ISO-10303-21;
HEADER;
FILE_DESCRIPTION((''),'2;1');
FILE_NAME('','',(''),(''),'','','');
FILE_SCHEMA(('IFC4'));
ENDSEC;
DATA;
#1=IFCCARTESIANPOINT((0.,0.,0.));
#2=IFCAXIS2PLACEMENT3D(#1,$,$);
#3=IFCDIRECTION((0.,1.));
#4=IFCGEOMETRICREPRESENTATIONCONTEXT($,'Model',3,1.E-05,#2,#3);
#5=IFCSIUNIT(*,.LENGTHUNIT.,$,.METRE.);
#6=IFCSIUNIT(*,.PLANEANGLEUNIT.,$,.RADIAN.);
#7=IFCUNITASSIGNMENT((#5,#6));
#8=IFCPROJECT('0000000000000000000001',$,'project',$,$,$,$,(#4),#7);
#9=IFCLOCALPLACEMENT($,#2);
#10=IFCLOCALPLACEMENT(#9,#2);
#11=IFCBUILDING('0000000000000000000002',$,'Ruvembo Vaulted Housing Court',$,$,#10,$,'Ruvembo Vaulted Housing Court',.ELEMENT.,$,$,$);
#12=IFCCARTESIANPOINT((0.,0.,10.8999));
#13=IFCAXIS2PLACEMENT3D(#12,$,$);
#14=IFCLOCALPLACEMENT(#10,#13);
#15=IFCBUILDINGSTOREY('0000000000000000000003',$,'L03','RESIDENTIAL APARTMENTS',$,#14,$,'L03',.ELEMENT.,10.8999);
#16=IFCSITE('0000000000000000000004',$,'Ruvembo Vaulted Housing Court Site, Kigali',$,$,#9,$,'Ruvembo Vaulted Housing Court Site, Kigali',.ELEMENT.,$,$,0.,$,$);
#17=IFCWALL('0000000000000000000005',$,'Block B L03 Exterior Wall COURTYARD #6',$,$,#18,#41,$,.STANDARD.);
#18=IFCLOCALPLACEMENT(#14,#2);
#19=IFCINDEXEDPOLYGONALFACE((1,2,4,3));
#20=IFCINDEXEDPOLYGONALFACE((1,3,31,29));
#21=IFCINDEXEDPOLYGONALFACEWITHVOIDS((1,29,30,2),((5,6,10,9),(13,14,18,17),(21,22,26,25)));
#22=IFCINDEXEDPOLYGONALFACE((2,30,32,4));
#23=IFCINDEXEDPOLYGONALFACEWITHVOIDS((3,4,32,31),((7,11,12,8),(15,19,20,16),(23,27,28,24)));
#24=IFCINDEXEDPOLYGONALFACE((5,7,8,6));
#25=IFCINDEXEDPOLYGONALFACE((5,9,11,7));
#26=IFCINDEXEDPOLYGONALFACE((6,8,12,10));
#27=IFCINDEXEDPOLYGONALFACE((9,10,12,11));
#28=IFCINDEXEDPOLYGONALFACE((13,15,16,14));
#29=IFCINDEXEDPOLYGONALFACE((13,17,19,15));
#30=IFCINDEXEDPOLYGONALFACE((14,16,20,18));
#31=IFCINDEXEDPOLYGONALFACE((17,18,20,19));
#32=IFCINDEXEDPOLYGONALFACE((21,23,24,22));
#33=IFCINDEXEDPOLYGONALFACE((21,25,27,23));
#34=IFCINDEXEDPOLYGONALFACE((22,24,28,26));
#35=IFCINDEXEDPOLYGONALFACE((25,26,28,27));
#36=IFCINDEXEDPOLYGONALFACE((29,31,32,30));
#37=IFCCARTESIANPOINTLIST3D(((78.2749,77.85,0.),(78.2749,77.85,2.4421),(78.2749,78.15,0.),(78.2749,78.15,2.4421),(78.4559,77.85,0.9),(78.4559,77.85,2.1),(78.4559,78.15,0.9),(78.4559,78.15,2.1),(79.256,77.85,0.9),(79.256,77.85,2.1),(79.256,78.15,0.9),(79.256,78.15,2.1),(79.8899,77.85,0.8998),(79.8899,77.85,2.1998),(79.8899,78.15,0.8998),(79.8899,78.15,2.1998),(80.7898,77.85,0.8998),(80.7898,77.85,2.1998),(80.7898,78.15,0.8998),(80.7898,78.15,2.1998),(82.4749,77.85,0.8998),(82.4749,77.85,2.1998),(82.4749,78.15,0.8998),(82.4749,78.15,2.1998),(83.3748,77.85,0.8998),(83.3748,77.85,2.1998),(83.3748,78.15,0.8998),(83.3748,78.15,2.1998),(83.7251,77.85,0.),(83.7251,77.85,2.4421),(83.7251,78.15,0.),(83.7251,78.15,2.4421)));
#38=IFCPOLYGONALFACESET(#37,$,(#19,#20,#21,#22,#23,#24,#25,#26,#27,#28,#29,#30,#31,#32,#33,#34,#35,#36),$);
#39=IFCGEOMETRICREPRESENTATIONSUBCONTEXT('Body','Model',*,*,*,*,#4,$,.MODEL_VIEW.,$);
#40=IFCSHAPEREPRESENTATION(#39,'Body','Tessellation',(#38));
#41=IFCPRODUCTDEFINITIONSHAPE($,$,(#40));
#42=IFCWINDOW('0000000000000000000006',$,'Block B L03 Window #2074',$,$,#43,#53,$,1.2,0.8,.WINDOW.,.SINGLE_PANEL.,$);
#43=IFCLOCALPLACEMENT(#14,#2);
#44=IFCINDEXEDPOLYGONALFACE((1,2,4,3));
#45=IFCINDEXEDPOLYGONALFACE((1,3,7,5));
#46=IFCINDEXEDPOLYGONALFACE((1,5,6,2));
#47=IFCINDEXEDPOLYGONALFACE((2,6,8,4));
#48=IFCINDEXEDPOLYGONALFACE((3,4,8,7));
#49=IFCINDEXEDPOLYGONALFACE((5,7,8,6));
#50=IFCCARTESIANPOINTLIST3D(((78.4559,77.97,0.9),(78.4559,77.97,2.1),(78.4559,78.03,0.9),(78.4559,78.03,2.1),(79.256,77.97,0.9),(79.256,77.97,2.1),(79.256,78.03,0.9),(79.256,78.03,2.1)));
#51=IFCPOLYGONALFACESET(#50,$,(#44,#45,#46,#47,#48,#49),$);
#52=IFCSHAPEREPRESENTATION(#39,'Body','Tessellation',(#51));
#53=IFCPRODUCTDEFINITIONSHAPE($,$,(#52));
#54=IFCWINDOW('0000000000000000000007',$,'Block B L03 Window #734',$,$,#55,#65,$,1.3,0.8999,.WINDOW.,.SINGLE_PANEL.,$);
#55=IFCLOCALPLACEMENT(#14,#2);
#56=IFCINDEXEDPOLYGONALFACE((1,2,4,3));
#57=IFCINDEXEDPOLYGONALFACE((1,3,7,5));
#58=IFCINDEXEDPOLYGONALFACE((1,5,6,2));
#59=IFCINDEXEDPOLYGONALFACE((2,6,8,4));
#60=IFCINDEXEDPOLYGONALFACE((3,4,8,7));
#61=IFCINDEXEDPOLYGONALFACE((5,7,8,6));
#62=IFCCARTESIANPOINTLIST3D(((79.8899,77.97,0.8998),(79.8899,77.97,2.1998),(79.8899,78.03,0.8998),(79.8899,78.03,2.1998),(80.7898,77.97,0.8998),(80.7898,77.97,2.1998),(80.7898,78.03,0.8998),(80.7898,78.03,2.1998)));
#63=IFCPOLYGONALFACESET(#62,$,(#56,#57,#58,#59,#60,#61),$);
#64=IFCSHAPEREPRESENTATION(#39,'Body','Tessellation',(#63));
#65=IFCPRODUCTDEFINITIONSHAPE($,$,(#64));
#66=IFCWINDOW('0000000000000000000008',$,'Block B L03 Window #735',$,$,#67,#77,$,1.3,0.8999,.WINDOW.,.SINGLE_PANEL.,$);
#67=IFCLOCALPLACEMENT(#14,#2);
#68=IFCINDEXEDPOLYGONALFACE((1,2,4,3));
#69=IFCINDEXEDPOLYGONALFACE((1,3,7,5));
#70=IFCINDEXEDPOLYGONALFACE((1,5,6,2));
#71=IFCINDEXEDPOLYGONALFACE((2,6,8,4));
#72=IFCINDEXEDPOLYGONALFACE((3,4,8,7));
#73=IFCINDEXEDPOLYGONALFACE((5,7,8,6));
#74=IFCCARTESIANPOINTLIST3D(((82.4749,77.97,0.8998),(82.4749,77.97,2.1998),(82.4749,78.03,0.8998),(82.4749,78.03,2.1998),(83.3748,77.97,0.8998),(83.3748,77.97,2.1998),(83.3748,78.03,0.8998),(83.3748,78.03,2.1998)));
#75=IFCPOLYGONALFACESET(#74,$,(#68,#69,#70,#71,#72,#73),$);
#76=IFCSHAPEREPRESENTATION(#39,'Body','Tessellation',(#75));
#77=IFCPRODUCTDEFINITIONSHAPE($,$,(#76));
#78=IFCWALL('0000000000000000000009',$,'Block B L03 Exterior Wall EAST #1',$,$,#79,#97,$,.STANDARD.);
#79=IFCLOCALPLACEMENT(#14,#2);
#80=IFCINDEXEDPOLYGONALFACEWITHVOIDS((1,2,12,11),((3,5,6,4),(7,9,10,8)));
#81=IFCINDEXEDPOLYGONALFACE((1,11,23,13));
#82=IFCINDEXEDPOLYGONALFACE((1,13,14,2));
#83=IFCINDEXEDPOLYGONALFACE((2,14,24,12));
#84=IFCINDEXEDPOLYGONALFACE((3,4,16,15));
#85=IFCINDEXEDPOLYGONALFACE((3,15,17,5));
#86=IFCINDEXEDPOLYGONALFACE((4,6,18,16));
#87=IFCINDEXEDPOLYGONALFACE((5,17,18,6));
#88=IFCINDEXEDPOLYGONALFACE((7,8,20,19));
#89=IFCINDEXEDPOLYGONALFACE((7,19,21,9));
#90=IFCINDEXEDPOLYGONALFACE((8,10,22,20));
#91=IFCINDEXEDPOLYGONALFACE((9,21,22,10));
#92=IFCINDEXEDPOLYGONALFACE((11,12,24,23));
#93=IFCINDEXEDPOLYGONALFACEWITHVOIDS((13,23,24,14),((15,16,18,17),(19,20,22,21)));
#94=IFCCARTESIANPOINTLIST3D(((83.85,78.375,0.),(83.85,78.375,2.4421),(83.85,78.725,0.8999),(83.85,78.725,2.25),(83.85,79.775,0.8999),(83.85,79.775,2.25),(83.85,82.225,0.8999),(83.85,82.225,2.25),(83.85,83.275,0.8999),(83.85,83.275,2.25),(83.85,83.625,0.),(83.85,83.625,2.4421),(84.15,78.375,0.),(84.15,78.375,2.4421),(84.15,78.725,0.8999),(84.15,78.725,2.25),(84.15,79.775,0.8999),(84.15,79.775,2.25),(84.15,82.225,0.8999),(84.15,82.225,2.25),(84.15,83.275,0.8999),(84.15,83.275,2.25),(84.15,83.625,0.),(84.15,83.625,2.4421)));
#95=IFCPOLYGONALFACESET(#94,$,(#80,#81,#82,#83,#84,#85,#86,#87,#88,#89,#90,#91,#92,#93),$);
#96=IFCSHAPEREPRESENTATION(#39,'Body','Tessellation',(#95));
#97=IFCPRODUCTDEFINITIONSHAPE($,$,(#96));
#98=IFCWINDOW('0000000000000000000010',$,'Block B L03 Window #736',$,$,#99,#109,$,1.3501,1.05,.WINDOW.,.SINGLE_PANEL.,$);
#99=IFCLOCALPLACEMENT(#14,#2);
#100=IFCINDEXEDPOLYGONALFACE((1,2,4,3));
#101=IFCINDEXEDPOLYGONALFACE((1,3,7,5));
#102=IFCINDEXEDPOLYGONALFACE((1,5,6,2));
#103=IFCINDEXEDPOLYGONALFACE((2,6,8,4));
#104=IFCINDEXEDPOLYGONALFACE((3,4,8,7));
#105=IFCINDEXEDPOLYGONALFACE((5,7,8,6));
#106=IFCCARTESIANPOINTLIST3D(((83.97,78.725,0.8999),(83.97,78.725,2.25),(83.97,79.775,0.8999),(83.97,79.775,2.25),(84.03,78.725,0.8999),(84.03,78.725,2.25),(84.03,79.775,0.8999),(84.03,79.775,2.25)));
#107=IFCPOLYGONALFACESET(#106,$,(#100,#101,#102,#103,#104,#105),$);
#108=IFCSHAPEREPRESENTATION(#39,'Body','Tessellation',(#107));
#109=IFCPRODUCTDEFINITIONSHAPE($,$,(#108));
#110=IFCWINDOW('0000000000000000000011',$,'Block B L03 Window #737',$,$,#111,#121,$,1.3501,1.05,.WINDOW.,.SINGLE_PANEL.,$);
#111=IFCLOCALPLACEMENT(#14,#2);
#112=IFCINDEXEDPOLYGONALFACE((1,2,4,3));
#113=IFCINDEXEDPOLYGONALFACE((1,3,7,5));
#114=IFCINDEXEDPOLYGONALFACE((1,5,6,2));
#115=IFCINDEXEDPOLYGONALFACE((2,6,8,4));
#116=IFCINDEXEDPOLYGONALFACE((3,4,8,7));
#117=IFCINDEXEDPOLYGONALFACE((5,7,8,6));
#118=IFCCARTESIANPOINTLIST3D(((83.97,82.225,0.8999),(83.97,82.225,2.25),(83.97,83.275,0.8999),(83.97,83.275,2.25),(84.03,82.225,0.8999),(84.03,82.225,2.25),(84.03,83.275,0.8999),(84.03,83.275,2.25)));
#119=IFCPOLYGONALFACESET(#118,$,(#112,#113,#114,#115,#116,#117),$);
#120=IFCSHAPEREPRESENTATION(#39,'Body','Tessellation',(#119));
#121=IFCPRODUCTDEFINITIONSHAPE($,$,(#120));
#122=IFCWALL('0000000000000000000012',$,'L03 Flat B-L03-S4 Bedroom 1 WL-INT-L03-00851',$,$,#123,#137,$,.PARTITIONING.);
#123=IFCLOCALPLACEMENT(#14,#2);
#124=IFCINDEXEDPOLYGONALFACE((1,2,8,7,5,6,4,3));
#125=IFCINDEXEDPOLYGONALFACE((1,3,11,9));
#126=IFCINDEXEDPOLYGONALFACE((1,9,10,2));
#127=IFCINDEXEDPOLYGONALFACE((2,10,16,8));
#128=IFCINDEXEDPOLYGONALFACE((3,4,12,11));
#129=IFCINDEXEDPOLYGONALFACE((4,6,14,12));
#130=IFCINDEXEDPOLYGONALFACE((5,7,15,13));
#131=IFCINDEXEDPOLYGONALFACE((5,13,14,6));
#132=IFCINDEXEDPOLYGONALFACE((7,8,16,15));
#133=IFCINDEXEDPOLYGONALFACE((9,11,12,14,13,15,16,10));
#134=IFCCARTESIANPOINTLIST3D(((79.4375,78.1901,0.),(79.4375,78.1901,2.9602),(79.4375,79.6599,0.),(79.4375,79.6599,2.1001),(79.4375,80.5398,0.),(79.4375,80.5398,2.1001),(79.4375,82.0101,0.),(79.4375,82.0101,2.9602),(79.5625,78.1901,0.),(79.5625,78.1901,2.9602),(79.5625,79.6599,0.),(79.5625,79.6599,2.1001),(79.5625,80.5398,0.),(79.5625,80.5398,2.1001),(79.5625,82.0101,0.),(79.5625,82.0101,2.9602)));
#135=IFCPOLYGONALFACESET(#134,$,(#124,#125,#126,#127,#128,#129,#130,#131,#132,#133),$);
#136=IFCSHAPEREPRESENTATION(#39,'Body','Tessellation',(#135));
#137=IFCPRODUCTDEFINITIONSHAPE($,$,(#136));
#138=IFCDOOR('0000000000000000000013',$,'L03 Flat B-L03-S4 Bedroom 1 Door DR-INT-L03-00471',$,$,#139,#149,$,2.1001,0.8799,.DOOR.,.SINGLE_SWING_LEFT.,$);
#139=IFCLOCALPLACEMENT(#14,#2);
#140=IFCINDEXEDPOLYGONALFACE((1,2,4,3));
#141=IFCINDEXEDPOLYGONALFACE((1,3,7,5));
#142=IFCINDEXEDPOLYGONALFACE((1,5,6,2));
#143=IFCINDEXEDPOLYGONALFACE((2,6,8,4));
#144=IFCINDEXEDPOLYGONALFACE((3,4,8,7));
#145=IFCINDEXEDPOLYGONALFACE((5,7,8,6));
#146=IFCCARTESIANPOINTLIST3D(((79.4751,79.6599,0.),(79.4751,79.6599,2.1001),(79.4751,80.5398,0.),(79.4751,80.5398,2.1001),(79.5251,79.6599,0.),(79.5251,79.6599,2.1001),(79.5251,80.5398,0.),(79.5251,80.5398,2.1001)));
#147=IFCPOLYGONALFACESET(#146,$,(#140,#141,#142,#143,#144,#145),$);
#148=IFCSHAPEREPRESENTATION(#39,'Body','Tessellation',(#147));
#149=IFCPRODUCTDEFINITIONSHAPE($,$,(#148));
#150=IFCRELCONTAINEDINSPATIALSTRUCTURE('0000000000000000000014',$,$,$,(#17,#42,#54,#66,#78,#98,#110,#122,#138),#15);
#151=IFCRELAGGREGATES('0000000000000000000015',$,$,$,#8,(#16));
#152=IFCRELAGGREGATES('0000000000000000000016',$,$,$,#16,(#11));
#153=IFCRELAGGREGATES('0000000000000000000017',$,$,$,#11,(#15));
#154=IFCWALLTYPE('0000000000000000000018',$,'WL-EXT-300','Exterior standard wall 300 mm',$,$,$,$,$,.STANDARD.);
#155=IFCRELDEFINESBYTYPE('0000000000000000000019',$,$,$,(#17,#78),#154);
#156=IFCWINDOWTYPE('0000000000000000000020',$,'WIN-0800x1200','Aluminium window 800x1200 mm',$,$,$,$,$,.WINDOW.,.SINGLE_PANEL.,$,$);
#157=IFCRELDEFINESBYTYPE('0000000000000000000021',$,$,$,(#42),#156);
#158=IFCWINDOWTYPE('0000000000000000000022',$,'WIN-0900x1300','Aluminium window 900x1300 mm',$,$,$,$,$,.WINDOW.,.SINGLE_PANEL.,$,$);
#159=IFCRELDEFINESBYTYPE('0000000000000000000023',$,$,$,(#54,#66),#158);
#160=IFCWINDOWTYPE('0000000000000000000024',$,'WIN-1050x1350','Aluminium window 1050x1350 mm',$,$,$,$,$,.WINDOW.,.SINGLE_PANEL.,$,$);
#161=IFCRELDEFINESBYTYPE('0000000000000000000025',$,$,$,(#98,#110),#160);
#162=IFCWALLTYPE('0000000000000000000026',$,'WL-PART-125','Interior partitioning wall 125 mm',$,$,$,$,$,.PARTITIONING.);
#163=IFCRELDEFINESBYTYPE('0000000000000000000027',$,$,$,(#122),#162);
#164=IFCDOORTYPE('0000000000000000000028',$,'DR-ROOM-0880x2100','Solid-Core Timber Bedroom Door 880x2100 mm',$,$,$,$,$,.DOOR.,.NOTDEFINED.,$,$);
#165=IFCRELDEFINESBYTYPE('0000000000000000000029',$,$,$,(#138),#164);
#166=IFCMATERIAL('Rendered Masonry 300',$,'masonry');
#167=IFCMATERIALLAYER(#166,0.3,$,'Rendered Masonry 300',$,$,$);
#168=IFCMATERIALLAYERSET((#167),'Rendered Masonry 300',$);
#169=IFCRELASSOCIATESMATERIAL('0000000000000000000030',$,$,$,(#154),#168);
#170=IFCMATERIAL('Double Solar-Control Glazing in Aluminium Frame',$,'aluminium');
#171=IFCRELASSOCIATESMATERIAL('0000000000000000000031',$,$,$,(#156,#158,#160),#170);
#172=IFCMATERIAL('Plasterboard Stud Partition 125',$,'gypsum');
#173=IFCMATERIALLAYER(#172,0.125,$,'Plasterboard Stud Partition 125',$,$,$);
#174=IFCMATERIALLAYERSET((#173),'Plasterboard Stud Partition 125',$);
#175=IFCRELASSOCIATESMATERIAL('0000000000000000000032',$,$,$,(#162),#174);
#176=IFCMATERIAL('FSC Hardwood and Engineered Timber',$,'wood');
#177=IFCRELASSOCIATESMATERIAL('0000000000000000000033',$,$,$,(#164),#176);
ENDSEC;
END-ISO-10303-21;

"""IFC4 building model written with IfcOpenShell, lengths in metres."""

from ifc_helpers import new_model, si_unit, direction, frame, frame_2d, origin, place, context, subcontext, project, spatial, rectangle, extrude, material, layer, layer_set, type_object, element, fill, save


model = new_model("IFC4")

# Units and contexts
model_context = context("Model", 3, precision=1e-05, world=origin(), true_north=direction((0.0, 1.0)))
body_context = subcontext(model_context, "Body", "Model", "MODEL_VIEW")
ifc_project = project(units=[si_unit("LENGTHUNIT", "METRE"), si_unit("PLANEANGLEUNIT", "RADIAN")], contexts=[model_context])

# Site, building, storey
site_placement = place(None, origin())
site = spatial("IfcSite", under=ifc_project, at=site_placement, Name="Ruvembo Vaulted Housing Court Site, Kigali", LongName="Ruvembo Vaulted Housing Court Site, Kigali", CompositionType="ELEMENT", RefElevation=0.0)
building_placement = place(site_placement, origin())
building = spatial("IfcBuilding", under=site, at=building_placement, Name="Ruvembo Vaulted Housing Court", LongName="Ruvembo Vaulted Housing Court", CompositionType="ELEMENT")
storey_placement = place(building_placement, frame((0.0, 0.0, 10.8999)))
storey = spatial("IfcBuildingStorey", under=building, at=storey_placement, Name="L03", Description="RESIDENTIAL APARTMENTS", LongName="L03", CompositionType="ELEMENT", Elevation=10.8999)

# Shared definitions
ifc_material_1 = material(Name="FSC Hardwood and Engineered Timber", Category="wood")

# Walls, openings, windows
ifc_material_2 = material(Name="Rendered Masonry 300", Category="masonry")
ifc_layer_1 = layer(ifc_material_2, 0.3, Name="Rendered Masonry 300")
ifc_layer_set_1 = layer_set([ifc_layer_1], Name="Rendered Masonry 300")
wall_type_1 = type_object("IfcWallType", Name="WL-EXT-300", Description="Exterior standard wall 300 mm", PredefinedType="STANDARD", material=ifc_layer_set_1)
wall_1_placement = place(storey_placement, frame((78.2749, 78.0, 0.0), z_axis=(0.0, 0.0, 1.0), x_axis=(1.0, 0.0, 0.0)))
wall_1 = element("IfcWall", 1, at=wall_1_placement, inside=storey, type_object=wall_type_1, Name="Block B L03 Exterior Wall COURTYARD #6", PredefinedType="STANDARD", context=body_context, shape_type="SweptSolid", body=[
    extrude(rectangle(XDim=5.4502, YDim=0.3, at=frame_2d((2.7251, 0.0))), origin(), (0.0, 0.0, 1.0), 2.4421),
])
opening_1_placement = place(wall_1_placement, frame((1.615, 0.0, 0.8999)))
opening_1 = element("IfcOpeningElement", 2, at=opening_1_placement, cuts=wall_1, PredefinedType="OPENING", context=body_context, shape_type="SweptSolid", body=[
    extrude(rectangle(XDim=0.8999, YDim=1.3, at=frame_2d((0.45, 0.6499))), frame((0.0, 0.1599, 0.0), z_axis=(0.0, -1.0, 0.0), x_axis=(1.0, 0.0, 0.0)), (0.0, 0.0, 1.0), 0.3201),
])
opening_2_placement = place(wall_1_placement, frame((4.2, 0.0, 0.8999)))
opening_2 = element("IfcOpeningElement", 3, at=opening_2_placement, cuts=wall_1, PredefinedType="OPENING", context=body_context, shape_type="SweptSolid", body=[
    extrude(rectangle(XDim=0.8999, YDim=1.3, at=frame_2d((0.45, 0.6499))), frame((0.0, 0.1599, 0.0), z_axis=(0.0, -1.0, 0.0), x_axis=(1.0, 0.0, 0.0)), (0.0, 0.0, 1.0), 0.3201),
])
opening_3_placement = place(wall_1_placement, frame((0.1812, 0.0, 0.8999)))
opening_3 = element("IfcOpeningElement", 4, at=opening_3_placement, cuts=wall_1, PredefinedType="OPENING", context=body_context, shape_type="SweptSolid", body=[
    extrude(rectangle(XDim=0.8, YDim=1.2, at=frame_2d((0.3999, 0.6001))), frame((0.0, 0.1599, 0.0), z_axis=(0.0, -1.0, 0.0), x_axis=(1.0, 0.0, 0.0)), (0.0, 0.0, 1.0), 0.3201),
])
ifc_material_3 = material(Name="Double Solar-Control Glazing in Aluminium Frame", Category="aluminium")
window_type_1 = type_object("IfcWindowType", Name="WIN-0800x1200", Description="Aluminium window 800x1200 mm", PartitioningType="SINGLE_PANEL", PredefinedType="WINDOW", material=ifc_material_3)
window_1_placement = place(opening_3_placement, origin())
window_1 = element("IfcWindow", 5, at=window_1_placement, inside=storey, type_object=window_type_1, Name="Block B L03 Window #2074", OverallHeight=1.2, OverallWidth=0.8, PartitioningType="SINGLE_PANEL", PredefinedType="WINDOW", context=body_context, shape_type="SweptSolid", body=[
    extrude(rectangle(XDim=0.8, YDim=1.2, at=frame_2d((0.3999, 0.6001))), frame((0.0, 0.03, 0.0), z_axis=(0.0, -1.0, 0.0), x_axis=(1.0, 0.0, 0.0)), (0.0, 0.0, 1.0), 0.0601),
])
fill(opening_3, window_1)
window_type_2 = type_object("IfcWindowType", Name="WIN-0900x1300", Description="Aluminium window 900x1300 mm", PartitioningType="SINGLE_PANEL", PredefinedType="WINDOW", material=ifc_material_3)
window_2_placement = place(opening_1_placement, origin())
window_2 = element("IfcWindow", 6, at=window_2_placement, inside=storey, type_object=window_type_2, Name="Block B L03 Window #734", OverallHeight=1.3, OverallWidth=0.8999, PartitioningType="SINGLE_PANEL", PredefinedType="WINDOW", context=body_context, shape_type="SweptSolid", body=[
    extrude(rectangle(XDim=0.8999, YDim=1.3, at=frame_2d((0.45, 0.6499))), frame((0.0, 0.03, 0.0), z_axis=(0.0, -1.0, 0.0), x_axis=(1.0, 0.0, 0.0)), (0.0, 0.0, 1.0), 0.0601),
])
fill(opening_1, window_2)
window_3_placement = place(opening_2_placement, origin())
window_3 = element("IfcWindow", 7, at=window_3_placement, inside=storey, type_object=window_type_2, Name="Block B L03 Window #735", OverallHeight=1.3, OverallWidth=0.8999, PartitioningType="SINGLE_PANEL", PredefinedType="WINDOW", context=body_context, shape_type="SweptSolid", body=[
    extrude(rectangle(XDim=0.8999, YDim=1.3, at=frame_2d((0.45, 0.6499))), frame((0.0, 0.03, 0.0), z_axis=(0.0, -1.0, 0.0), x_axis=(1.0, 0.0, 0.0)), (0.0, 0.0, 1.0), 0.0601),
])
fill(opening_2, window_3)
wall_2_placement = place(storey_placement, frame((84.0, 78.375, 0.0), z_axis=(0.0, 0.0, 1.0), x_axis=(0.0, 1.0, 0.0)))
wall_2 = element("IfcWall", 8, at=wall_2_placement, inside=storey, type_object=wall_type_1, Name="Block B L03 Exterior Wall EAST #1", PredefinedType="STANDARD", context=body_context, shape_type="SweptSolid", body=[
    extrude(rectangle(XDim=5.25, YDim=0.3, at=frame_2d((2.625, 0.0))), origin(), (0.0, 0.0, 1.0), 2.4421),
])
opening_4_placement = place(wall_2_placement, frame((0.3501, 0.0, 0.8999)))
opening_4 = element("IfcOpeningElement", 9, at=opening_4_placement, cuts=wall_2, PredefinedType="OPENING", context=body_context, shape_type="SweptSolid", body=[
    extrude(rectangle(XDim=1.05, YDim=1.3501, at=frame_2d((0.5249, 0.675))), frame((0.0, 0.1599, 0.0), z_axis=(0.0, -1.0, 0.0), x_axis=(1.0, 0.0, 0.0)), (0.0, 0.0, 1.0), 0.3201),
])
opening_5_placement = place(wall_2_placement, frame((3.8501, 0.0, 0.8999)))
opening_5 = element("IfcOpeningElement", 10, at=opening_5_placement, cuts=wall_2, PredefinedType="OPENING", context=body_context, shape_type="SweptSolid", body=[
    extrude(rectangle(XDim=1.05, YDim=1.3501, at=frame_2d((0.5249, 0.675))), frame((0.0, 0.1599, 0.0), z_axis=(0.0, -1.0, 0.0), x_axis=(1.0, 0.0, 0.0)), (0.0, 0.0, 1.0), 0.3201),
])
window_type_3 = type_object("IfcWindowType", Name="WIN-1050x1350", Description="Aluminium window 1050x1350 mm", PartitioningType="SINGLE_PANEL", PredefinedType="WINDOW", material=ifc_material_3)
window_4_placement = place(opening_4_placement, origin())
window_4 = element("IfcWindow", 11, at=window_4_placement, inside=storey, type_object=window_type_3, Name="Block B L03 Window #736", OverallHeight=1.3501, OverallWidth=1.05, PartitioningType="SINGLE_PANEL", PredefinedType="WINDOW", context=body_context, shape_type="SweptSolid", body=[
    extrude(rectangle(XDim=1.05, YDim=1.3501, at=frame_2d((0.5249, 0.675))), frame((0.0, 0.03, 0.0), z_axis=(0.0, -1.0, 0.0), x_axis=(1.0, 0.0, 0.0)), (0.0, 0.0, 1.0), 0.0601),
])
fill(opening_4, window_4)
window_5_placement = place(opening_5_placement, origin())
window_5 = element("IfcWindow", 12, at=window_5_placement, inside=storey, type_object=window_type_3, Name="Block B L03 Window #737", OverallHeight=1.3501, OverallWidth=1.05, PartitioningType="SINGLE_PANEL", PredefinedType="WINDOW", context=body_context, shape_type="SweptSolid", body=[
    extrude(rectangle(XDim=1.05, YDim=1.3501, at=frame_2d((0.5249, 0.675))), frame((0.0, 0.03, 0.0), z_axis=(0.0, -1.0, 0.0), x_axis=(1.0, 0.0, 0.0)), (0.0, 0.0, 1.0), 0.0601),
])
fill(opening_5, window_5)

# Wall, opening, door
ifc_material_4 = material(Name="Plasterboard Stud Partition 125", Category="gypsum")
ifc_layer_2 = layer(ifc_material_4, 0.125, Name="Plasterboard Stud Partition 125")
ifc_layer_set_2 = layer_set([ifc_layer_2], Name="Plasterboard Stud Partition 125")
wall_type_2 = type_object("IfcWallType", Name="WL-PART-125", Description="Interior partitioning wall 125 mm", PredefinedType="PARTITIONING", material=ifc_layer_set_2)
wall_3_placement = place(storey_placement, frame((79.5, 78.1899, 0.0), z_axis=(0.0, 0.0, 1.0), x_axis=(0.0, 1.0, 0.0)))
wall_3 = element("IfcWall", 13, at=wall_3_placement, inside=storey, type_object=wall_type_2, Name="L03 Flat B-L03-S4 Bedroom 1 WL-INT-L03-00851", PredefinedType="PARTITIONING", context=body_context, shape_type="SweptSolid", body=[
    extrude(rectangle(XDim=3.8201, YDim=0.125, at=frame_2d((1.9102, 0.0))), origin(), (0.0, 0.0, 1.0), 2.9602),
])
opening_6_placement = place(wall_3_placement, frame((1.47, 0.0, 0.0)))
opening_6 = element("IfcOpeningElement", 14, at=opening_6_placement, cuts=wall_3, PredefinedType="OPENING", context=body_context, shape_type="SweptSolid", body=[
    extrude(rectangle(XDim=0.8799, YDim=2.1001, at=frame_2d((0.4399, 1.05))), frame((0.0, 0.0725, 0.0), z_axis=(0.0, -1.0, 0.0), x_axis=(1.0, 0.0, 0.0)), (0.0, 0.0, 1.0), 0.145),
])
door_type_1 = type_object("IfcDoorType", Name="DR-ROOM-0880x2100", Description="Solid-Core Timber Bedroom Door 880x2100 mm", OperationType="NOTDEFINED", PredefinedType="DOOR", material=ifc_material_1)
door_1_placement = place(opening_6_placement, origin())
door_1 = element("IfcDoor", 15, at=door_1_placement, inside=storey, type_object=door_type_1, Name="L03 Flat B-L03-S4 Bedroom 1 Door DR-INT-L03-00471", OperationType="SINGLE_SWING_LEFT", OverallHeight=2.1001, OverallWidth=0.8799, PredefinedType="DOOR", context=body_context, shape_type="SweptSolid", body=[
    extrude(rectangle(XDim=0.8799, YDim=2.1001, at=frame_2d((0.4399, 1.05))), frame((0.0, 0.0249, 0.0), z_axis=(0.0, -1.0, 0.0), x_axis=(1.0, 0.0, 0.0)), (0.0, 0.0, 1.0), 0.05),
])
fill(opening_6, door_1)

save(model, "model.ifc")
